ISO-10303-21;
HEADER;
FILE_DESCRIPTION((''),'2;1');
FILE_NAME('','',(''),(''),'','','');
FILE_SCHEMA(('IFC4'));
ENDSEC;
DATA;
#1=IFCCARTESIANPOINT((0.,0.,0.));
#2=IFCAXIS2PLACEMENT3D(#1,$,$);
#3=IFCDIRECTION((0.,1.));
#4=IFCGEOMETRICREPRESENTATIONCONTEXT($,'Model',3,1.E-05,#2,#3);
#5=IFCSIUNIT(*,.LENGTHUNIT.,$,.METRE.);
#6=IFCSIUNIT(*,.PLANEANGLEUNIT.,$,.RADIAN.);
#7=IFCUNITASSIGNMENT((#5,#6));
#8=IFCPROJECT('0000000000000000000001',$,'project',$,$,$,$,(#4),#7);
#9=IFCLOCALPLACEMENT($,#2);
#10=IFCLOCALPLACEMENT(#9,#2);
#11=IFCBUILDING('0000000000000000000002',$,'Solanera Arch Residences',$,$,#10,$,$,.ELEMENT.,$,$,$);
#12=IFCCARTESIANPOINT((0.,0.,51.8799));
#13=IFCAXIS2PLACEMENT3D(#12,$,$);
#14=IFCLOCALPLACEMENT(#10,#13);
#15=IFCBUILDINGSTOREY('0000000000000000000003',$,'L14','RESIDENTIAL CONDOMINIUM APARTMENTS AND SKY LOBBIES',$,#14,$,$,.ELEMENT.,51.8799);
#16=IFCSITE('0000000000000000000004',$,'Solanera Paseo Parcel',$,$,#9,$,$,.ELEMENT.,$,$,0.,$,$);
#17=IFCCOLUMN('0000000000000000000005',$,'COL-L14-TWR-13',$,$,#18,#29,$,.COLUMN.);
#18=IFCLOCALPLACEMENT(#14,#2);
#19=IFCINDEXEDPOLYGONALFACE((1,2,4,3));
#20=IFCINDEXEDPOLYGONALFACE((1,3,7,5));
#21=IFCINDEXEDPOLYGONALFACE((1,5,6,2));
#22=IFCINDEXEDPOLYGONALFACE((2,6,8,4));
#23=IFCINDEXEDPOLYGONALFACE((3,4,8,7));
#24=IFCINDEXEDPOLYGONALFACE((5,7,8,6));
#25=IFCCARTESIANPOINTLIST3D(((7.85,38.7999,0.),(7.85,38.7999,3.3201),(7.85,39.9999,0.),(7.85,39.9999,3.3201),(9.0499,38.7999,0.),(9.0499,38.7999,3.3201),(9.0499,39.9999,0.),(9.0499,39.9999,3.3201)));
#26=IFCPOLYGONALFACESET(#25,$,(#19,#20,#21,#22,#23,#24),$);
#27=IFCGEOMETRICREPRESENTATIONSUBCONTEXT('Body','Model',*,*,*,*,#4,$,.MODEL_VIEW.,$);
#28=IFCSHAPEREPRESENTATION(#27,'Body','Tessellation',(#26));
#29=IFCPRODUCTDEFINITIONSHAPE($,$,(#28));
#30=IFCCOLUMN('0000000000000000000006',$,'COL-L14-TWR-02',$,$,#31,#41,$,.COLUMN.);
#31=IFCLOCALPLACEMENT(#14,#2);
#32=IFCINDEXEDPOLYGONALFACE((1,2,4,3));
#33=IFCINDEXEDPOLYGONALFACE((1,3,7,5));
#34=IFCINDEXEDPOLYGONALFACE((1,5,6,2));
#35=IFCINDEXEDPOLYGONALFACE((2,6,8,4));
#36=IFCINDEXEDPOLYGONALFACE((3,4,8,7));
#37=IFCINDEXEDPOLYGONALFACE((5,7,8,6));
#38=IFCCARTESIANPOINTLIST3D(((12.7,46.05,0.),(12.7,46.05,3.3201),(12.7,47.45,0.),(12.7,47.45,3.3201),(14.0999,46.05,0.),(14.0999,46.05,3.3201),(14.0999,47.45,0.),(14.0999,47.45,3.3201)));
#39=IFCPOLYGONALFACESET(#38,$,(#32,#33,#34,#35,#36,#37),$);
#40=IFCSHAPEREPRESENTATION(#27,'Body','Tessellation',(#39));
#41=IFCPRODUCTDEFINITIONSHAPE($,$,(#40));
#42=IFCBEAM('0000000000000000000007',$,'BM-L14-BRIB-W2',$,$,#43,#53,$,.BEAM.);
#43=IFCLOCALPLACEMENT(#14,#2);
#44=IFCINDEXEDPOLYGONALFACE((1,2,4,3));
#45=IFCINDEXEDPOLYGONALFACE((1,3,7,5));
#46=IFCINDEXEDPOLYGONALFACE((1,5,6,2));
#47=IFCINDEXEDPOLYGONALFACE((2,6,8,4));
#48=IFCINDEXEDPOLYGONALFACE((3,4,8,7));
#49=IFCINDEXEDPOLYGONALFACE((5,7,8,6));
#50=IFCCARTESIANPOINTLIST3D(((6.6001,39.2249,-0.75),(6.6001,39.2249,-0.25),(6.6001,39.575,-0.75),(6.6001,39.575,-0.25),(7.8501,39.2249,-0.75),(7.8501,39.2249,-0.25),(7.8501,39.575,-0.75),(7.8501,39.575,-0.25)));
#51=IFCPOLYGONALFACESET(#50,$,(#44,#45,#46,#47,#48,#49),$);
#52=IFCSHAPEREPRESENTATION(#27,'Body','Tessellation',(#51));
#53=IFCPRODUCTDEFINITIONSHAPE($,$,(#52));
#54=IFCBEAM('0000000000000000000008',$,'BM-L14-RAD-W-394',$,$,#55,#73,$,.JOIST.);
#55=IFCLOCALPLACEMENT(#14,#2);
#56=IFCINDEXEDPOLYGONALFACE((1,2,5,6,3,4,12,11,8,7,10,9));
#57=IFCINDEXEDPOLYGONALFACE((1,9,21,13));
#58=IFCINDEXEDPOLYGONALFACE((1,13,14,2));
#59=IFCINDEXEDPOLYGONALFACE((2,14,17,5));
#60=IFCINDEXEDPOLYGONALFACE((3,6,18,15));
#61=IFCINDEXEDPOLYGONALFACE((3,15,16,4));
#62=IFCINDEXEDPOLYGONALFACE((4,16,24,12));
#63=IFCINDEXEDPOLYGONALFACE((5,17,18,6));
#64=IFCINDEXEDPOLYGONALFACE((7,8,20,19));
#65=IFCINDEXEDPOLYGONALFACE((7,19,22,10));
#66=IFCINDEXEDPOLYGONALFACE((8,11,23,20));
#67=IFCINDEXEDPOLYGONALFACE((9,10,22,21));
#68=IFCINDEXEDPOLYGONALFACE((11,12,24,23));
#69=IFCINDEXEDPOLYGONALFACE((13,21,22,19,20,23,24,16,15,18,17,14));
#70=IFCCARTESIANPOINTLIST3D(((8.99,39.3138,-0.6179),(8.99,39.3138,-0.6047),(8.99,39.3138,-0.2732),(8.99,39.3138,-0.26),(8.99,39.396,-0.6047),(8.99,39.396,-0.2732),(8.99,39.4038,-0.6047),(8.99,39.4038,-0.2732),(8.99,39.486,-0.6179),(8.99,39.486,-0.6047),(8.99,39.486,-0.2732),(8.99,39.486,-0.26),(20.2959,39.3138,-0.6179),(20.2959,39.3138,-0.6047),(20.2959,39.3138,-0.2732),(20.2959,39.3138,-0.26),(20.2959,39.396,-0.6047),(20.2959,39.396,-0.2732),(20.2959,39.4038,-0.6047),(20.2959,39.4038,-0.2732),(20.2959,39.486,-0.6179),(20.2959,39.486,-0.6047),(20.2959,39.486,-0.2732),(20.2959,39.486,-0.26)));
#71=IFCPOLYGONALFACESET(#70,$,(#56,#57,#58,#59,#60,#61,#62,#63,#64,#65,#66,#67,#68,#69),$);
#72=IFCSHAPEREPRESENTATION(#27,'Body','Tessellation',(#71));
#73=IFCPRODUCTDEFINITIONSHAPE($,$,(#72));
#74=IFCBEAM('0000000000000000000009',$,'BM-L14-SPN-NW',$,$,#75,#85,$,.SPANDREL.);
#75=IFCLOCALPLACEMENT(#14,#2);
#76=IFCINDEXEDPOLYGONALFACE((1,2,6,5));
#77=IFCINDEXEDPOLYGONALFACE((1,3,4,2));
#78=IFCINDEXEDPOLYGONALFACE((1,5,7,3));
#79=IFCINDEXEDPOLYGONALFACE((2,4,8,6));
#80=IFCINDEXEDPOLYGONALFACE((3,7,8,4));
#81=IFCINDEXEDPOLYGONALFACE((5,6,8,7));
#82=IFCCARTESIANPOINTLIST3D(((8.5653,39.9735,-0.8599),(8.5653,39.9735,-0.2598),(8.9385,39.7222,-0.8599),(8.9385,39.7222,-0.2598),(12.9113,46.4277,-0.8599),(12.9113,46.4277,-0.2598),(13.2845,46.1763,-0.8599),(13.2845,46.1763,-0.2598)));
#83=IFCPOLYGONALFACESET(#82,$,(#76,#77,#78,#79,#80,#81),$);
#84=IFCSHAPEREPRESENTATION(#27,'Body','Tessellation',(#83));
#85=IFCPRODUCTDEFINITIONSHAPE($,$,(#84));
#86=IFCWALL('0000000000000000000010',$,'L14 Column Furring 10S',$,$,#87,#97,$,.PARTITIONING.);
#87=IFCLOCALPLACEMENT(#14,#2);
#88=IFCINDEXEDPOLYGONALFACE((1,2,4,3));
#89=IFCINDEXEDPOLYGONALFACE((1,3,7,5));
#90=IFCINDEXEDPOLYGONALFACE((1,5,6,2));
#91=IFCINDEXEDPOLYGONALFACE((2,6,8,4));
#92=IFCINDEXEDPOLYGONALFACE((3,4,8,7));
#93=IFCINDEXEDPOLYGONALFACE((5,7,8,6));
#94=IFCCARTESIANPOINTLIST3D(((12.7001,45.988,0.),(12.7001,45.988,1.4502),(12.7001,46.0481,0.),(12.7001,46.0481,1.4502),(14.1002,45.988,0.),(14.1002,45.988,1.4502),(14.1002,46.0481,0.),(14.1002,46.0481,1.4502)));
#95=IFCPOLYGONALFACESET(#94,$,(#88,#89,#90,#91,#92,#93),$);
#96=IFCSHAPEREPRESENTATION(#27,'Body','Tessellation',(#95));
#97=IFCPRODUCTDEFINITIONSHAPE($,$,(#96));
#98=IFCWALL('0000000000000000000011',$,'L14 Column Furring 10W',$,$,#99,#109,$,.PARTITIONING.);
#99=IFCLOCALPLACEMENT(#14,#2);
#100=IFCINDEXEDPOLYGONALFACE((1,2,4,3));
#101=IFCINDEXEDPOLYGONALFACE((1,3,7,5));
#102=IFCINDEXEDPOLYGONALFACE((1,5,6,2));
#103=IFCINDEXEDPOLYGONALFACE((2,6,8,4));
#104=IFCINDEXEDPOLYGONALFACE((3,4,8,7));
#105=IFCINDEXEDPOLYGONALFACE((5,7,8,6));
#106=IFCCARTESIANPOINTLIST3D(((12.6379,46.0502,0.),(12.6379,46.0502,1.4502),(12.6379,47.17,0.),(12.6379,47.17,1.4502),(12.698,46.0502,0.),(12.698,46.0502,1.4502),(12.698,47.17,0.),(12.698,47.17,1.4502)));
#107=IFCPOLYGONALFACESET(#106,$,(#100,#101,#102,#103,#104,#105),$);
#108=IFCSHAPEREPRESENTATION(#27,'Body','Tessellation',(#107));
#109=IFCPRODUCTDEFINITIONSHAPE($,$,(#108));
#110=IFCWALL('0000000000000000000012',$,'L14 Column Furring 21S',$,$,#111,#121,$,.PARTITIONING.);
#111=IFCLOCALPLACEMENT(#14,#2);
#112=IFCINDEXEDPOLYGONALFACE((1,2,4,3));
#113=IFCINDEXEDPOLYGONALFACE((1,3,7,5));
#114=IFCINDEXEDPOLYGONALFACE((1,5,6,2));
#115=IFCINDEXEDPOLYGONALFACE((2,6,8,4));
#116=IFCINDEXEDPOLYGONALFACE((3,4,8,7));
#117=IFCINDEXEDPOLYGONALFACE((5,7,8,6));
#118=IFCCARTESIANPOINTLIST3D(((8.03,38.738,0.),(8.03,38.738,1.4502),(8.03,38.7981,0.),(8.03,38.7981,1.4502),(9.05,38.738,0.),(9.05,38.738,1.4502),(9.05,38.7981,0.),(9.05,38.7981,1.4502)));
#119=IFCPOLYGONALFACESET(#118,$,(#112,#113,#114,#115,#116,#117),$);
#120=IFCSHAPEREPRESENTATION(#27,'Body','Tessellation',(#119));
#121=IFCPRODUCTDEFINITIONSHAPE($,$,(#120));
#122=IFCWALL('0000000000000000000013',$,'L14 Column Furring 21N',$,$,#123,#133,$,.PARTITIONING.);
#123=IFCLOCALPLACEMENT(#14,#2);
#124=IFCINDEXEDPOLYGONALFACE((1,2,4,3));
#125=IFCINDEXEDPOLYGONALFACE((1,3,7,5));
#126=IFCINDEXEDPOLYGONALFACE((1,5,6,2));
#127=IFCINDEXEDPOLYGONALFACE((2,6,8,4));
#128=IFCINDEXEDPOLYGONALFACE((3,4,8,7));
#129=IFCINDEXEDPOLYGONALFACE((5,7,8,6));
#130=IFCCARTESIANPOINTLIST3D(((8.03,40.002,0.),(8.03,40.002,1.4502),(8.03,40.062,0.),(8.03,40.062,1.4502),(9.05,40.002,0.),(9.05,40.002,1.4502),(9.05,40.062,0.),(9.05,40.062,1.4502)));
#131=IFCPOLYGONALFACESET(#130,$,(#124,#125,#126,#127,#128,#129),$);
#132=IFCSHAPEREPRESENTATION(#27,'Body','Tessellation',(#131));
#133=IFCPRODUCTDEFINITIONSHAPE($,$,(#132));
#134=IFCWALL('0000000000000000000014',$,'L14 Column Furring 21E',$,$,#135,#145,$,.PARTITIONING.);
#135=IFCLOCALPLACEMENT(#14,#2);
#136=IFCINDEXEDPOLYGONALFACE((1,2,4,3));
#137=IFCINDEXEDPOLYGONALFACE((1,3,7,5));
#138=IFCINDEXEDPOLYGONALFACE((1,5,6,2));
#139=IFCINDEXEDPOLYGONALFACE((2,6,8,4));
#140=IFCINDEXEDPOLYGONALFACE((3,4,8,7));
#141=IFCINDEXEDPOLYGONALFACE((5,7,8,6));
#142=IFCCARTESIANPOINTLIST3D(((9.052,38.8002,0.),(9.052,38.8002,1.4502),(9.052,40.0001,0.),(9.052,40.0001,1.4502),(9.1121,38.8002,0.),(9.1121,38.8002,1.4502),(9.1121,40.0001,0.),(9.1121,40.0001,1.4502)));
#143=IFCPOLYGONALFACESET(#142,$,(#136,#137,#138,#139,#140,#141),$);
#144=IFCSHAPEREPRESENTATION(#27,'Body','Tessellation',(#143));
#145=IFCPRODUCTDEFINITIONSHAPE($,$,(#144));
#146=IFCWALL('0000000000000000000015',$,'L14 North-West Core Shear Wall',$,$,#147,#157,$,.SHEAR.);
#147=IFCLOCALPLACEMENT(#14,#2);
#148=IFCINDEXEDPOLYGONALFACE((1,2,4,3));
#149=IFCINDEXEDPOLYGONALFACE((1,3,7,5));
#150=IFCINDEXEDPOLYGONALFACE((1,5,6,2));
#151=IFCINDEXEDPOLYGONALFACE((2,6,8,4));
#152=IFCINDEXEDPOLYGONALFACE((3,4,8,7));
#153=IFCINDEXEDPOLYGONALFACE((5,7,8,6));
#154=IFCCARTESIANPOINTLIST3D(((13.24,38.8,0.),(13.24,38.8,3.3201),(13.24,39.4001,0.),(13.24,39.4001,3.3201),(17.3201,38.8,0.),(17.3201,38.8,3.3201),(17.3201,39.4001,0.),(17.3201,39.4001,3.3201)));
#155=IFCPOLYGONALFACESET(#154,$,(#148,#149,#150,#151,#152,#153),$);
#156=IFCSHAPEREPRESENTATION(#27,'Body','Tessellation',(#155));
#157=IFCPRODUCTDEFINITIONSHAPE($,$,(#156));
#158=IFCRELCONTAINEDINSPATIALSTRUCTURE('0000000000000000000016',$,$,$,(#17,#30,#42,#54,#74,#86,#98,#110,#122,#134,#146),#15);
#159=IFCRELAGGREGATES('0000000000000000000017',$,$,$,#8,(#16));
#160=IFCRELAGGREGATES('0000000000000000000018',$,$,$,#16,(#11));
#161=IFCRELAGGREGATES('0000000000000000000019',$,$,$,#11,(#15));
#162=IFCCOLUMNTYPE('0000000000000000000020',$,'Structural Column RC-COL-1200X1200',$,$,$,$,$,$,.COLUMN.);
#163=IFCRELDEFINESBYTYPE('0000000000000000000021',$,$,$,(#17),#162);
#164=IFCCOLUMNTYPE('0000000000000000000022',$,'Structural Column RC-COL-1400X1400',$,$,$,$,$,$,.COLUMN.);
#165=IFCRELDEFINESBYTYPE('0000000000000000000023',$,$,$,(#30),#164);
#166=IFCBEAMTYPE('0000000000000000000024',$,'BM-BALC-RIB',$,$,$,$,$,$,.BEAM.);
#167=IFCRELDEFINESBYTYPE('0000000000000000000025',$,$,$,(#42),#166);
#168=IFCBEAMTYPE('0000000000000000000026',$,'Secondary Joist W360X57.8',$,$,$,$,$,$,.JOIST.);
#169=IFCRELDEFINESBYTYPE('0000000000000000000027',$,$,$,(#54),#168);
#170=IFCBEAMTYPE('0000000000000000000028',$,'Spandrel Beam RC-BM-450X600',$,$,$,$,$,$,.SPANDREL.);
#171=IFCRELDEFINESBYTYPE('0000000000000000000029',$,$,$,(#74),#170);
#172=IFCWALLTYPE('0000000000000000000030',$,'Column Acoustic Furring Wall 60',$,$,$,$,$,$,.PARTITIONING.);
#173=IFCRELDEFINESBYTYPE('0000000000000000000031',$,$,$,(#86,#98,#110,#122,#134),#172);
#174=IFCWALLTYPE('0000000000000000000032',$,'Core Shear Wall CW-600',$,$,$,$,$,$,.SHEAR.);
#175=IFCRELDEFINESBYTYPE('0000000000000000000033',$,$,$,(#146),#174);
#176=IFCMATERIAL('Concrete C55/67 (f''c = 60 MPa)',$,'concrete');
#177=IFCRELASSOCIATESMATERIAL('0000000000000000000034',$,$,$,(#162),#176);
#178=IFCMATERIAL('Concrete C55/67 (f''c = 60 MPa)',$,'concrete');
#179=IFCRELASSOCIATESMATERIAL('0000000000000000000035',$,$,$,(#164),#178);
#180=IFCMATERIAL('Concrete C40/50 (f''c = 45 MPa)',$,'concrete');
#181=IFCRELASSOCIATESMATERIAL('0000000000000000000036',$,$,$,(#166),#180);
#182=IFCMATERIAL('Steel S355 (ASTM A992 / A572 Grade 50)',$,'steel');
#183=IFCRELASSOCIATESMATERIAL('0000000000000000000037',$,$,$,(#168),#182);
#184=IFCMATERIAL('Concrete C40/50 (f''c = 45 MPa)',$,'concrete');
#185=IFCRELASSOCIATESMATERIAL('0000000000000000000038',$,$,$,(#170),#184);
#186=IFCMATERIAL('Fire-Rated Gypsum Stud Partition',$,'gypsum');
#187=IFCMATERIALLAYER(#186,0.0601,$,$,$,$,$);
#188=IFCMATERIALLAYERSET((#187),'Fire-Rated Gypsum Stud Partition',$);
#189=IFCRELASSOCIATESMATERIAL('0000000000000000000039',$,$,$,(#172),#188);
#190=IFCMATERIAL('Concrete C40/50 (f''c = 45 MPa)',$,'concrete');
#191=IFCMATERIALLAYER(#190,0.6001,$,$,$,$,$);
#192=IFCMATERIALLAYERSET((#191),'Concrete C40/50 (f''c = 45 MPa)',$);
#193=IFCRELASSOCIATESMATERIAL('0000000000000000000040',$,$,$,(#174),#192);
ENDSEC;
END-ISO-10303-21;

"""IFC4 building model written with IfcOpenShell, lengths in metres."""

from ifc_helpers import new_model, si_unit, direction, frame, frame_2d, origin, origin_2d, place, context, subcontext, project, spatial, rectangle, i_section, extrude, material, layer, layer_set, material_profile, profile_set, type_object, element, save


model = new_model("IFC4")

# Units and contexts
model_context = context("Model", 3, precision=1e-05, world=origin(), true_north=direction((0.0, 1.0)))
body_context = subcontext(model_context, "Body", "Model", "MODEL_VIEW")
ifc_project = project(units=[si_unit("LENGTHUNIT", "METRE"), si_unit("PLANEANGLEUNIT", "RADIAN")], contexts=[model_context])

# Site, building, storey
site_placement = place(None, origin())
site = spatial("IfcSite", under=ifc_project, at=site_placement, Name="Solanera Paseo Parcel", CompositionType="ELEMENT", RefElevation=0.0)
building_placement = place(site_placement, origin())
building = spatial("IfcBuilding", under=site, at=building_placement, Name="Solanera Arch Residences", CompositionType="ELEMENT")
storey_placement = place(building_placement, frame((0.0, 0.0, 51.8799)))
storey = spatial("IfcBuildingStorey", under=building, at=storey_placement, Name="L14", Description="RESIDENTIAL CONDOMINIUM APARTMENTS AND SKY LOBBIES", CompositionType="ELEMENT", Elevation=51.8799)

# Columns
ifc_material_1 = material(Name="Concrete C55/67 (f'c = 60 MPa)", Category="concrete")
ifc_material_profile_1 = material_profile(ifc_material_1, rectangle(XDim=1.2, YDim=1.2, at=origin_2d()))
ifc_profile_set_1 = profile_set([ifc_material_profile_1], Name="Concrete C55/67 (f'c = 60 MPa)")
column_type_1 = type_object("IfcColumnType", Name="Structural Column RC-COL-1200X1200", PredefinedType="COLUMN", material=ifc_profile_set_1)
column_1_placement = place(storey_placement, frame((8.45, 39.3999, 0.0), z_axis=(0.0, 0.0, 1.0), x_axis=(1.0, 0.0, 0.0)))
element("IfcColumn", 1, at=column_1_placement, inside=storey, type_object=column_type_1, Name="COL-L14-TWR-13", PredefinedType="COLUMN", context=body_context, shape_type="SweptSolid", body=[
    extrude(rectangle(XDim=1.2, YDim=1.2, at=origin_2d()), origin(), (0.0, 0.0, 1.0), 3.3201),
])
ifc_material_2 = material(Name="Concrete C55/67 (f'c = 60 MPa)", Category="concrete")
ifc_material_profile_2 = material_profile(ifc_material_2, rectangle(XDim=1.3999, YDim=1.3999, at=origin_2d()))
ifc_profile_set_2 = profile_set([ifc_material_profile_2], Name="Concrete C55/67 (f'c = 60 MPa)")
column_type_2 = type_object("IfcColumnType", Name="Structural Column RC-COL-1400X1400", PredefinedType="COLUMN", material=ifc_profile_set_2)
column_2_placement = place(storey_placement, frame((13.3999, 46.75, 0.0), z_axis=(0.0, 0.0, 1.0), x_axis=(1.0, 0.0, 0.0)))
element("IfcColumn", 2, at=column_2_placement, inside=storey, type_object=column_type_2, Name="COL-L14-TWR-02", PredefinedType="COLUMN", context=body_context, shape_type="SweptSolid", body=[
    extrude(rectangle(XDim=1.3999, YDim=1.3999, at=origin_2d()), origin(), (0.0, 0.0, 1.0), 3.3201),
])

# Beams
ifc_material_3 = material(Name="Concrete C40/50 (f'c = 45 MPa)", Category="concrete")
ifc_material_profile_3 = material_profile(ifc_material_3, rectangle(XDim=0.3501, YDim=0.5, at=origin_2d()))
ifc_profile_set_3 = profile_set([ifc_material_profile_3], Name="Concrete C40/50 (f'c = 45 MPa)")
beam_type_1 = type_object("IfcBeamType", Name="BM-BALC-RIB", PredefinedType="BEAM", material=ifc_profile_set_3)
beam_1_placement = place(storey_placement, frame((6.6001, 39.3999, -0.5), z_axis=(1.0, 0.0, 0.0), x_axis=(0.0, 1.0, 0.0)))
element("IfcBeam", 3, at=beam_1_placement, inside=storey, type_object=beam_type_1, Name="BM-L14-BRIB-W2", PredefinedType="BEAM", context=body_context, shape_type="SweptSolid", body=[
    extrude(rectangle(XDim=0.3501, YDim=0.5, at=origin_2d()), origin(), (0.0, 0.0, 1.0), 1.25),
])
ifc_material_4 = material(Name="Steel S355 (ASTM A992 / A572 Grade 50)", Category="steel")
ifc_material_profile_4 = material_profile(ifc_material_4, i_section(OverallWidth=0.1721, OverallDepth=0.3579, WebThickness=0.0078, FlangeThickness=0.0132, at=origin_2d()))
ifc_profile_set_4 = profile_set([ifc_material_profile_4], Name="Steel S355 (ASTM A992 / A572 Grade 50)")
beam_type_2 = type_object("IfcBeamType", Name="Secondary Joist W360X57.8", PredefinedType="JOIST", material=ifc_profile_set_4)
beam_2_placement = place(storey_placement, frame((8.99, 39.3999, -0.439), z_axis=(1.0, 0.0, 0.0), x_axis=(0.0, 1.0, 0.0)))
element("IfcBeam", 4, at=beam_2_placement, inside=storey, type_object=beam_type_2, Name="BM-L14-RAD-W-394", PredefinedType="JOIST", context=body_context, shape_type="SweptSolid", body=[
    extrude(i_section(OverallWidth=0.1721, OverallDepth=0.3579, WebThickness=0.0078, FlangeThickness=0.0132, at=origin_2d()), origin(), (0.0, 0.0, 1.0), 11.3059),
])
ifc_material_5 = material(Name="Concrete C40/50 (f'c = 45 MPa)", Category="concrete")
ifc_material_profile_5 = material_profile(ifc_material_5, rectangle(XDim=0.45, YDim=0.6001, at=origin_2d()))
ifc_profile_set_5 = profile_set([ifc_material_profile_5], Name="Concrete C40/50 (f'c = 45 MPa)")
beam_type_3 = type_object("IfcBeamType", Name="Spandrel Beam RC-BM-450X600", PredefinedType="SPANDREL", material=ifc_profile_set_5)
beam_3_placement = place(storey_placement, frame((13.0979, 46.302, -0.5598), z_axis=(-0.558539, -0.829478, 0.0), x_axis=(0.829478, -0.558539, 0.0)))
element("IfcBeam", 5, at=beam_3_placement, inside=storey, type_object=beam_type_3, Name="BM-L14-SPN-NW", PredefinedType="SPANDREL", context=body_context, shape_type="SweptSolid", body=[
    extrude(rectangle(XDim=0.45, YDim=0.6001, at=origin_2d()), origin(), (0.0, 0.0, 1.0), 7.781),
])

# Walls
ifc_material_6 = material(Name="Fire-Rated Gypsum Stud Partition", Category="gypsum")
ifc_layer_1 = layer(ifc_material_6, 0.0601)
ifc_layer_set_1 = layer_set([ifc_layer_1], Name="Fire-Rated Gypsum Stud Partition")
wall_type_1 = type_object("IfcWallType", Name="Column Acoustic Furring Wall 60", PredefinedType="PARTITIONING", material=ifc_layer_set_1)
wall_1_placement = place(storey_placement, frame((12.7, 46.0181, 0.0), z_axis=(0.0, 0.0, 1.0), x_axis=(1.0, 0.0, 0.0)))
element("IfcWall", 6, at=wall_1_placement, inside=storey, type_object=wall_type_1, Name="L14 Column Furring 10S", PredefinedType="PARTITIONING", context=body_context, shape_type="SweptSolid", body=[
    extrude(rectangle(XDim=1.4001, YDim=0.0601, at=frame_2d((0.7002, 0.0))), origin(), (0.0, 0.0, 1.0), 1.4502),
])
wall_2_placement = place(storey_placement, frame((12.668, 46.05, 0.0), z_axis=(0.0, 0.0, 1.0), x_axis=(0.0, 1.0, 0.0)))
element("IfcWall", 7, at=wall_2_placement, inside=storey, type_object=wall_type_1, Name="L14 Column Furring 10W", PredefinedType="PARTITIONING", context=body_context, shape_type="SweptSolid", body=[
    extrude(rectangle(XDim=1.1199, YDim=0.0601, at=frame_2d((0.5601, 0.0))), origin(), (0.0, 0.0, 1.0), 1.4502),
])
for number, where, z_axis, x_axis, name in (
    (8, (8.03, 38.7681, 0.0), (0.0, 0.0, 1.0), (1.0, 0.0, 0.0), "L14 Column Furring 21S"),
    (9, (8.03, 40.032, 0.0), (0.0, 0.0, 1.0), (1.0, 0.0, 0.0), "L14 Column Furring 21N"),
):
    element("IfcWall", number, at=place(storey_placement, frame(where, z_axis=z_axis, x_axis=x_axis)), inside=storey, type_object=wall_type_1, Name=name, PredefinedType="PARTITIONING", context=body_context, shape_type="SweptSolid", body=[
        extrude(rectangle(XDim=1.02, YDim=0.0601, at=frame_2d((0.51, 0.0))), origin(), (0.0, 0.0, 1.0), 1.4502),
    ])
wall_3_placement = place(storey_placement, frame((9.082, 38.8, 0.0), z_axis=(0.0, 0.0, 1.0), x_axis=(0.0, 1.0, 0.0)))
element("IfcWall", 10, at=wall_3_placement, inside=storey, type_object=wall_type_1, Name="L14 Column Furring 21E", PredefinedType="PARTITIONING", context=body_context, shape_type="SweptSolid", body=[
    extrude(rectangle(XDim=1.2, YDim=0.0601, at=frame_2d((0.6001, 0.0))), origin(), (0.0, 0.0, 1.0), 1.4502),
])
ifc_material_7 = material(Name="Concrete C40/50 (f'c = 45 MPa)", Category="concrete")
ifc_layer_2 = layer(ifc_material_7, 0.6001)
ifc_layer_set_2 = layer_set([ifc_layer_2], Name="Concrete C40/50 (f'c = 45 MPa)")
wall_type_2 = type_object("IfcWallType", Name="Core Shear Wall CW-600", PredefinedType="SHEAR", material=ifc_layer_set_2)
wall_4_placement = place(storey_placement, frame((13.24, 39.1001, 0.0), z_axis=(0.0, 0.0, 1.0), x_axis=(1.0, 0.0, 0.0)))
element("IfcWall", 11, at=wall_4_placement, inside=storey, type_object=wall_type_2, Name="L14 North-West Core Shear Wall", PredefinedType="SHEAR", context=body_context, shape_type="SweptSolid", body=[
    extrude(rectangle(XDim=4.0801, YDim=0.6001, at=frame_2d((2.04, 0.0))), origin(), (0.0, 0.0, 1.0), 3.3201),
])

save(model, "model.ifc")
